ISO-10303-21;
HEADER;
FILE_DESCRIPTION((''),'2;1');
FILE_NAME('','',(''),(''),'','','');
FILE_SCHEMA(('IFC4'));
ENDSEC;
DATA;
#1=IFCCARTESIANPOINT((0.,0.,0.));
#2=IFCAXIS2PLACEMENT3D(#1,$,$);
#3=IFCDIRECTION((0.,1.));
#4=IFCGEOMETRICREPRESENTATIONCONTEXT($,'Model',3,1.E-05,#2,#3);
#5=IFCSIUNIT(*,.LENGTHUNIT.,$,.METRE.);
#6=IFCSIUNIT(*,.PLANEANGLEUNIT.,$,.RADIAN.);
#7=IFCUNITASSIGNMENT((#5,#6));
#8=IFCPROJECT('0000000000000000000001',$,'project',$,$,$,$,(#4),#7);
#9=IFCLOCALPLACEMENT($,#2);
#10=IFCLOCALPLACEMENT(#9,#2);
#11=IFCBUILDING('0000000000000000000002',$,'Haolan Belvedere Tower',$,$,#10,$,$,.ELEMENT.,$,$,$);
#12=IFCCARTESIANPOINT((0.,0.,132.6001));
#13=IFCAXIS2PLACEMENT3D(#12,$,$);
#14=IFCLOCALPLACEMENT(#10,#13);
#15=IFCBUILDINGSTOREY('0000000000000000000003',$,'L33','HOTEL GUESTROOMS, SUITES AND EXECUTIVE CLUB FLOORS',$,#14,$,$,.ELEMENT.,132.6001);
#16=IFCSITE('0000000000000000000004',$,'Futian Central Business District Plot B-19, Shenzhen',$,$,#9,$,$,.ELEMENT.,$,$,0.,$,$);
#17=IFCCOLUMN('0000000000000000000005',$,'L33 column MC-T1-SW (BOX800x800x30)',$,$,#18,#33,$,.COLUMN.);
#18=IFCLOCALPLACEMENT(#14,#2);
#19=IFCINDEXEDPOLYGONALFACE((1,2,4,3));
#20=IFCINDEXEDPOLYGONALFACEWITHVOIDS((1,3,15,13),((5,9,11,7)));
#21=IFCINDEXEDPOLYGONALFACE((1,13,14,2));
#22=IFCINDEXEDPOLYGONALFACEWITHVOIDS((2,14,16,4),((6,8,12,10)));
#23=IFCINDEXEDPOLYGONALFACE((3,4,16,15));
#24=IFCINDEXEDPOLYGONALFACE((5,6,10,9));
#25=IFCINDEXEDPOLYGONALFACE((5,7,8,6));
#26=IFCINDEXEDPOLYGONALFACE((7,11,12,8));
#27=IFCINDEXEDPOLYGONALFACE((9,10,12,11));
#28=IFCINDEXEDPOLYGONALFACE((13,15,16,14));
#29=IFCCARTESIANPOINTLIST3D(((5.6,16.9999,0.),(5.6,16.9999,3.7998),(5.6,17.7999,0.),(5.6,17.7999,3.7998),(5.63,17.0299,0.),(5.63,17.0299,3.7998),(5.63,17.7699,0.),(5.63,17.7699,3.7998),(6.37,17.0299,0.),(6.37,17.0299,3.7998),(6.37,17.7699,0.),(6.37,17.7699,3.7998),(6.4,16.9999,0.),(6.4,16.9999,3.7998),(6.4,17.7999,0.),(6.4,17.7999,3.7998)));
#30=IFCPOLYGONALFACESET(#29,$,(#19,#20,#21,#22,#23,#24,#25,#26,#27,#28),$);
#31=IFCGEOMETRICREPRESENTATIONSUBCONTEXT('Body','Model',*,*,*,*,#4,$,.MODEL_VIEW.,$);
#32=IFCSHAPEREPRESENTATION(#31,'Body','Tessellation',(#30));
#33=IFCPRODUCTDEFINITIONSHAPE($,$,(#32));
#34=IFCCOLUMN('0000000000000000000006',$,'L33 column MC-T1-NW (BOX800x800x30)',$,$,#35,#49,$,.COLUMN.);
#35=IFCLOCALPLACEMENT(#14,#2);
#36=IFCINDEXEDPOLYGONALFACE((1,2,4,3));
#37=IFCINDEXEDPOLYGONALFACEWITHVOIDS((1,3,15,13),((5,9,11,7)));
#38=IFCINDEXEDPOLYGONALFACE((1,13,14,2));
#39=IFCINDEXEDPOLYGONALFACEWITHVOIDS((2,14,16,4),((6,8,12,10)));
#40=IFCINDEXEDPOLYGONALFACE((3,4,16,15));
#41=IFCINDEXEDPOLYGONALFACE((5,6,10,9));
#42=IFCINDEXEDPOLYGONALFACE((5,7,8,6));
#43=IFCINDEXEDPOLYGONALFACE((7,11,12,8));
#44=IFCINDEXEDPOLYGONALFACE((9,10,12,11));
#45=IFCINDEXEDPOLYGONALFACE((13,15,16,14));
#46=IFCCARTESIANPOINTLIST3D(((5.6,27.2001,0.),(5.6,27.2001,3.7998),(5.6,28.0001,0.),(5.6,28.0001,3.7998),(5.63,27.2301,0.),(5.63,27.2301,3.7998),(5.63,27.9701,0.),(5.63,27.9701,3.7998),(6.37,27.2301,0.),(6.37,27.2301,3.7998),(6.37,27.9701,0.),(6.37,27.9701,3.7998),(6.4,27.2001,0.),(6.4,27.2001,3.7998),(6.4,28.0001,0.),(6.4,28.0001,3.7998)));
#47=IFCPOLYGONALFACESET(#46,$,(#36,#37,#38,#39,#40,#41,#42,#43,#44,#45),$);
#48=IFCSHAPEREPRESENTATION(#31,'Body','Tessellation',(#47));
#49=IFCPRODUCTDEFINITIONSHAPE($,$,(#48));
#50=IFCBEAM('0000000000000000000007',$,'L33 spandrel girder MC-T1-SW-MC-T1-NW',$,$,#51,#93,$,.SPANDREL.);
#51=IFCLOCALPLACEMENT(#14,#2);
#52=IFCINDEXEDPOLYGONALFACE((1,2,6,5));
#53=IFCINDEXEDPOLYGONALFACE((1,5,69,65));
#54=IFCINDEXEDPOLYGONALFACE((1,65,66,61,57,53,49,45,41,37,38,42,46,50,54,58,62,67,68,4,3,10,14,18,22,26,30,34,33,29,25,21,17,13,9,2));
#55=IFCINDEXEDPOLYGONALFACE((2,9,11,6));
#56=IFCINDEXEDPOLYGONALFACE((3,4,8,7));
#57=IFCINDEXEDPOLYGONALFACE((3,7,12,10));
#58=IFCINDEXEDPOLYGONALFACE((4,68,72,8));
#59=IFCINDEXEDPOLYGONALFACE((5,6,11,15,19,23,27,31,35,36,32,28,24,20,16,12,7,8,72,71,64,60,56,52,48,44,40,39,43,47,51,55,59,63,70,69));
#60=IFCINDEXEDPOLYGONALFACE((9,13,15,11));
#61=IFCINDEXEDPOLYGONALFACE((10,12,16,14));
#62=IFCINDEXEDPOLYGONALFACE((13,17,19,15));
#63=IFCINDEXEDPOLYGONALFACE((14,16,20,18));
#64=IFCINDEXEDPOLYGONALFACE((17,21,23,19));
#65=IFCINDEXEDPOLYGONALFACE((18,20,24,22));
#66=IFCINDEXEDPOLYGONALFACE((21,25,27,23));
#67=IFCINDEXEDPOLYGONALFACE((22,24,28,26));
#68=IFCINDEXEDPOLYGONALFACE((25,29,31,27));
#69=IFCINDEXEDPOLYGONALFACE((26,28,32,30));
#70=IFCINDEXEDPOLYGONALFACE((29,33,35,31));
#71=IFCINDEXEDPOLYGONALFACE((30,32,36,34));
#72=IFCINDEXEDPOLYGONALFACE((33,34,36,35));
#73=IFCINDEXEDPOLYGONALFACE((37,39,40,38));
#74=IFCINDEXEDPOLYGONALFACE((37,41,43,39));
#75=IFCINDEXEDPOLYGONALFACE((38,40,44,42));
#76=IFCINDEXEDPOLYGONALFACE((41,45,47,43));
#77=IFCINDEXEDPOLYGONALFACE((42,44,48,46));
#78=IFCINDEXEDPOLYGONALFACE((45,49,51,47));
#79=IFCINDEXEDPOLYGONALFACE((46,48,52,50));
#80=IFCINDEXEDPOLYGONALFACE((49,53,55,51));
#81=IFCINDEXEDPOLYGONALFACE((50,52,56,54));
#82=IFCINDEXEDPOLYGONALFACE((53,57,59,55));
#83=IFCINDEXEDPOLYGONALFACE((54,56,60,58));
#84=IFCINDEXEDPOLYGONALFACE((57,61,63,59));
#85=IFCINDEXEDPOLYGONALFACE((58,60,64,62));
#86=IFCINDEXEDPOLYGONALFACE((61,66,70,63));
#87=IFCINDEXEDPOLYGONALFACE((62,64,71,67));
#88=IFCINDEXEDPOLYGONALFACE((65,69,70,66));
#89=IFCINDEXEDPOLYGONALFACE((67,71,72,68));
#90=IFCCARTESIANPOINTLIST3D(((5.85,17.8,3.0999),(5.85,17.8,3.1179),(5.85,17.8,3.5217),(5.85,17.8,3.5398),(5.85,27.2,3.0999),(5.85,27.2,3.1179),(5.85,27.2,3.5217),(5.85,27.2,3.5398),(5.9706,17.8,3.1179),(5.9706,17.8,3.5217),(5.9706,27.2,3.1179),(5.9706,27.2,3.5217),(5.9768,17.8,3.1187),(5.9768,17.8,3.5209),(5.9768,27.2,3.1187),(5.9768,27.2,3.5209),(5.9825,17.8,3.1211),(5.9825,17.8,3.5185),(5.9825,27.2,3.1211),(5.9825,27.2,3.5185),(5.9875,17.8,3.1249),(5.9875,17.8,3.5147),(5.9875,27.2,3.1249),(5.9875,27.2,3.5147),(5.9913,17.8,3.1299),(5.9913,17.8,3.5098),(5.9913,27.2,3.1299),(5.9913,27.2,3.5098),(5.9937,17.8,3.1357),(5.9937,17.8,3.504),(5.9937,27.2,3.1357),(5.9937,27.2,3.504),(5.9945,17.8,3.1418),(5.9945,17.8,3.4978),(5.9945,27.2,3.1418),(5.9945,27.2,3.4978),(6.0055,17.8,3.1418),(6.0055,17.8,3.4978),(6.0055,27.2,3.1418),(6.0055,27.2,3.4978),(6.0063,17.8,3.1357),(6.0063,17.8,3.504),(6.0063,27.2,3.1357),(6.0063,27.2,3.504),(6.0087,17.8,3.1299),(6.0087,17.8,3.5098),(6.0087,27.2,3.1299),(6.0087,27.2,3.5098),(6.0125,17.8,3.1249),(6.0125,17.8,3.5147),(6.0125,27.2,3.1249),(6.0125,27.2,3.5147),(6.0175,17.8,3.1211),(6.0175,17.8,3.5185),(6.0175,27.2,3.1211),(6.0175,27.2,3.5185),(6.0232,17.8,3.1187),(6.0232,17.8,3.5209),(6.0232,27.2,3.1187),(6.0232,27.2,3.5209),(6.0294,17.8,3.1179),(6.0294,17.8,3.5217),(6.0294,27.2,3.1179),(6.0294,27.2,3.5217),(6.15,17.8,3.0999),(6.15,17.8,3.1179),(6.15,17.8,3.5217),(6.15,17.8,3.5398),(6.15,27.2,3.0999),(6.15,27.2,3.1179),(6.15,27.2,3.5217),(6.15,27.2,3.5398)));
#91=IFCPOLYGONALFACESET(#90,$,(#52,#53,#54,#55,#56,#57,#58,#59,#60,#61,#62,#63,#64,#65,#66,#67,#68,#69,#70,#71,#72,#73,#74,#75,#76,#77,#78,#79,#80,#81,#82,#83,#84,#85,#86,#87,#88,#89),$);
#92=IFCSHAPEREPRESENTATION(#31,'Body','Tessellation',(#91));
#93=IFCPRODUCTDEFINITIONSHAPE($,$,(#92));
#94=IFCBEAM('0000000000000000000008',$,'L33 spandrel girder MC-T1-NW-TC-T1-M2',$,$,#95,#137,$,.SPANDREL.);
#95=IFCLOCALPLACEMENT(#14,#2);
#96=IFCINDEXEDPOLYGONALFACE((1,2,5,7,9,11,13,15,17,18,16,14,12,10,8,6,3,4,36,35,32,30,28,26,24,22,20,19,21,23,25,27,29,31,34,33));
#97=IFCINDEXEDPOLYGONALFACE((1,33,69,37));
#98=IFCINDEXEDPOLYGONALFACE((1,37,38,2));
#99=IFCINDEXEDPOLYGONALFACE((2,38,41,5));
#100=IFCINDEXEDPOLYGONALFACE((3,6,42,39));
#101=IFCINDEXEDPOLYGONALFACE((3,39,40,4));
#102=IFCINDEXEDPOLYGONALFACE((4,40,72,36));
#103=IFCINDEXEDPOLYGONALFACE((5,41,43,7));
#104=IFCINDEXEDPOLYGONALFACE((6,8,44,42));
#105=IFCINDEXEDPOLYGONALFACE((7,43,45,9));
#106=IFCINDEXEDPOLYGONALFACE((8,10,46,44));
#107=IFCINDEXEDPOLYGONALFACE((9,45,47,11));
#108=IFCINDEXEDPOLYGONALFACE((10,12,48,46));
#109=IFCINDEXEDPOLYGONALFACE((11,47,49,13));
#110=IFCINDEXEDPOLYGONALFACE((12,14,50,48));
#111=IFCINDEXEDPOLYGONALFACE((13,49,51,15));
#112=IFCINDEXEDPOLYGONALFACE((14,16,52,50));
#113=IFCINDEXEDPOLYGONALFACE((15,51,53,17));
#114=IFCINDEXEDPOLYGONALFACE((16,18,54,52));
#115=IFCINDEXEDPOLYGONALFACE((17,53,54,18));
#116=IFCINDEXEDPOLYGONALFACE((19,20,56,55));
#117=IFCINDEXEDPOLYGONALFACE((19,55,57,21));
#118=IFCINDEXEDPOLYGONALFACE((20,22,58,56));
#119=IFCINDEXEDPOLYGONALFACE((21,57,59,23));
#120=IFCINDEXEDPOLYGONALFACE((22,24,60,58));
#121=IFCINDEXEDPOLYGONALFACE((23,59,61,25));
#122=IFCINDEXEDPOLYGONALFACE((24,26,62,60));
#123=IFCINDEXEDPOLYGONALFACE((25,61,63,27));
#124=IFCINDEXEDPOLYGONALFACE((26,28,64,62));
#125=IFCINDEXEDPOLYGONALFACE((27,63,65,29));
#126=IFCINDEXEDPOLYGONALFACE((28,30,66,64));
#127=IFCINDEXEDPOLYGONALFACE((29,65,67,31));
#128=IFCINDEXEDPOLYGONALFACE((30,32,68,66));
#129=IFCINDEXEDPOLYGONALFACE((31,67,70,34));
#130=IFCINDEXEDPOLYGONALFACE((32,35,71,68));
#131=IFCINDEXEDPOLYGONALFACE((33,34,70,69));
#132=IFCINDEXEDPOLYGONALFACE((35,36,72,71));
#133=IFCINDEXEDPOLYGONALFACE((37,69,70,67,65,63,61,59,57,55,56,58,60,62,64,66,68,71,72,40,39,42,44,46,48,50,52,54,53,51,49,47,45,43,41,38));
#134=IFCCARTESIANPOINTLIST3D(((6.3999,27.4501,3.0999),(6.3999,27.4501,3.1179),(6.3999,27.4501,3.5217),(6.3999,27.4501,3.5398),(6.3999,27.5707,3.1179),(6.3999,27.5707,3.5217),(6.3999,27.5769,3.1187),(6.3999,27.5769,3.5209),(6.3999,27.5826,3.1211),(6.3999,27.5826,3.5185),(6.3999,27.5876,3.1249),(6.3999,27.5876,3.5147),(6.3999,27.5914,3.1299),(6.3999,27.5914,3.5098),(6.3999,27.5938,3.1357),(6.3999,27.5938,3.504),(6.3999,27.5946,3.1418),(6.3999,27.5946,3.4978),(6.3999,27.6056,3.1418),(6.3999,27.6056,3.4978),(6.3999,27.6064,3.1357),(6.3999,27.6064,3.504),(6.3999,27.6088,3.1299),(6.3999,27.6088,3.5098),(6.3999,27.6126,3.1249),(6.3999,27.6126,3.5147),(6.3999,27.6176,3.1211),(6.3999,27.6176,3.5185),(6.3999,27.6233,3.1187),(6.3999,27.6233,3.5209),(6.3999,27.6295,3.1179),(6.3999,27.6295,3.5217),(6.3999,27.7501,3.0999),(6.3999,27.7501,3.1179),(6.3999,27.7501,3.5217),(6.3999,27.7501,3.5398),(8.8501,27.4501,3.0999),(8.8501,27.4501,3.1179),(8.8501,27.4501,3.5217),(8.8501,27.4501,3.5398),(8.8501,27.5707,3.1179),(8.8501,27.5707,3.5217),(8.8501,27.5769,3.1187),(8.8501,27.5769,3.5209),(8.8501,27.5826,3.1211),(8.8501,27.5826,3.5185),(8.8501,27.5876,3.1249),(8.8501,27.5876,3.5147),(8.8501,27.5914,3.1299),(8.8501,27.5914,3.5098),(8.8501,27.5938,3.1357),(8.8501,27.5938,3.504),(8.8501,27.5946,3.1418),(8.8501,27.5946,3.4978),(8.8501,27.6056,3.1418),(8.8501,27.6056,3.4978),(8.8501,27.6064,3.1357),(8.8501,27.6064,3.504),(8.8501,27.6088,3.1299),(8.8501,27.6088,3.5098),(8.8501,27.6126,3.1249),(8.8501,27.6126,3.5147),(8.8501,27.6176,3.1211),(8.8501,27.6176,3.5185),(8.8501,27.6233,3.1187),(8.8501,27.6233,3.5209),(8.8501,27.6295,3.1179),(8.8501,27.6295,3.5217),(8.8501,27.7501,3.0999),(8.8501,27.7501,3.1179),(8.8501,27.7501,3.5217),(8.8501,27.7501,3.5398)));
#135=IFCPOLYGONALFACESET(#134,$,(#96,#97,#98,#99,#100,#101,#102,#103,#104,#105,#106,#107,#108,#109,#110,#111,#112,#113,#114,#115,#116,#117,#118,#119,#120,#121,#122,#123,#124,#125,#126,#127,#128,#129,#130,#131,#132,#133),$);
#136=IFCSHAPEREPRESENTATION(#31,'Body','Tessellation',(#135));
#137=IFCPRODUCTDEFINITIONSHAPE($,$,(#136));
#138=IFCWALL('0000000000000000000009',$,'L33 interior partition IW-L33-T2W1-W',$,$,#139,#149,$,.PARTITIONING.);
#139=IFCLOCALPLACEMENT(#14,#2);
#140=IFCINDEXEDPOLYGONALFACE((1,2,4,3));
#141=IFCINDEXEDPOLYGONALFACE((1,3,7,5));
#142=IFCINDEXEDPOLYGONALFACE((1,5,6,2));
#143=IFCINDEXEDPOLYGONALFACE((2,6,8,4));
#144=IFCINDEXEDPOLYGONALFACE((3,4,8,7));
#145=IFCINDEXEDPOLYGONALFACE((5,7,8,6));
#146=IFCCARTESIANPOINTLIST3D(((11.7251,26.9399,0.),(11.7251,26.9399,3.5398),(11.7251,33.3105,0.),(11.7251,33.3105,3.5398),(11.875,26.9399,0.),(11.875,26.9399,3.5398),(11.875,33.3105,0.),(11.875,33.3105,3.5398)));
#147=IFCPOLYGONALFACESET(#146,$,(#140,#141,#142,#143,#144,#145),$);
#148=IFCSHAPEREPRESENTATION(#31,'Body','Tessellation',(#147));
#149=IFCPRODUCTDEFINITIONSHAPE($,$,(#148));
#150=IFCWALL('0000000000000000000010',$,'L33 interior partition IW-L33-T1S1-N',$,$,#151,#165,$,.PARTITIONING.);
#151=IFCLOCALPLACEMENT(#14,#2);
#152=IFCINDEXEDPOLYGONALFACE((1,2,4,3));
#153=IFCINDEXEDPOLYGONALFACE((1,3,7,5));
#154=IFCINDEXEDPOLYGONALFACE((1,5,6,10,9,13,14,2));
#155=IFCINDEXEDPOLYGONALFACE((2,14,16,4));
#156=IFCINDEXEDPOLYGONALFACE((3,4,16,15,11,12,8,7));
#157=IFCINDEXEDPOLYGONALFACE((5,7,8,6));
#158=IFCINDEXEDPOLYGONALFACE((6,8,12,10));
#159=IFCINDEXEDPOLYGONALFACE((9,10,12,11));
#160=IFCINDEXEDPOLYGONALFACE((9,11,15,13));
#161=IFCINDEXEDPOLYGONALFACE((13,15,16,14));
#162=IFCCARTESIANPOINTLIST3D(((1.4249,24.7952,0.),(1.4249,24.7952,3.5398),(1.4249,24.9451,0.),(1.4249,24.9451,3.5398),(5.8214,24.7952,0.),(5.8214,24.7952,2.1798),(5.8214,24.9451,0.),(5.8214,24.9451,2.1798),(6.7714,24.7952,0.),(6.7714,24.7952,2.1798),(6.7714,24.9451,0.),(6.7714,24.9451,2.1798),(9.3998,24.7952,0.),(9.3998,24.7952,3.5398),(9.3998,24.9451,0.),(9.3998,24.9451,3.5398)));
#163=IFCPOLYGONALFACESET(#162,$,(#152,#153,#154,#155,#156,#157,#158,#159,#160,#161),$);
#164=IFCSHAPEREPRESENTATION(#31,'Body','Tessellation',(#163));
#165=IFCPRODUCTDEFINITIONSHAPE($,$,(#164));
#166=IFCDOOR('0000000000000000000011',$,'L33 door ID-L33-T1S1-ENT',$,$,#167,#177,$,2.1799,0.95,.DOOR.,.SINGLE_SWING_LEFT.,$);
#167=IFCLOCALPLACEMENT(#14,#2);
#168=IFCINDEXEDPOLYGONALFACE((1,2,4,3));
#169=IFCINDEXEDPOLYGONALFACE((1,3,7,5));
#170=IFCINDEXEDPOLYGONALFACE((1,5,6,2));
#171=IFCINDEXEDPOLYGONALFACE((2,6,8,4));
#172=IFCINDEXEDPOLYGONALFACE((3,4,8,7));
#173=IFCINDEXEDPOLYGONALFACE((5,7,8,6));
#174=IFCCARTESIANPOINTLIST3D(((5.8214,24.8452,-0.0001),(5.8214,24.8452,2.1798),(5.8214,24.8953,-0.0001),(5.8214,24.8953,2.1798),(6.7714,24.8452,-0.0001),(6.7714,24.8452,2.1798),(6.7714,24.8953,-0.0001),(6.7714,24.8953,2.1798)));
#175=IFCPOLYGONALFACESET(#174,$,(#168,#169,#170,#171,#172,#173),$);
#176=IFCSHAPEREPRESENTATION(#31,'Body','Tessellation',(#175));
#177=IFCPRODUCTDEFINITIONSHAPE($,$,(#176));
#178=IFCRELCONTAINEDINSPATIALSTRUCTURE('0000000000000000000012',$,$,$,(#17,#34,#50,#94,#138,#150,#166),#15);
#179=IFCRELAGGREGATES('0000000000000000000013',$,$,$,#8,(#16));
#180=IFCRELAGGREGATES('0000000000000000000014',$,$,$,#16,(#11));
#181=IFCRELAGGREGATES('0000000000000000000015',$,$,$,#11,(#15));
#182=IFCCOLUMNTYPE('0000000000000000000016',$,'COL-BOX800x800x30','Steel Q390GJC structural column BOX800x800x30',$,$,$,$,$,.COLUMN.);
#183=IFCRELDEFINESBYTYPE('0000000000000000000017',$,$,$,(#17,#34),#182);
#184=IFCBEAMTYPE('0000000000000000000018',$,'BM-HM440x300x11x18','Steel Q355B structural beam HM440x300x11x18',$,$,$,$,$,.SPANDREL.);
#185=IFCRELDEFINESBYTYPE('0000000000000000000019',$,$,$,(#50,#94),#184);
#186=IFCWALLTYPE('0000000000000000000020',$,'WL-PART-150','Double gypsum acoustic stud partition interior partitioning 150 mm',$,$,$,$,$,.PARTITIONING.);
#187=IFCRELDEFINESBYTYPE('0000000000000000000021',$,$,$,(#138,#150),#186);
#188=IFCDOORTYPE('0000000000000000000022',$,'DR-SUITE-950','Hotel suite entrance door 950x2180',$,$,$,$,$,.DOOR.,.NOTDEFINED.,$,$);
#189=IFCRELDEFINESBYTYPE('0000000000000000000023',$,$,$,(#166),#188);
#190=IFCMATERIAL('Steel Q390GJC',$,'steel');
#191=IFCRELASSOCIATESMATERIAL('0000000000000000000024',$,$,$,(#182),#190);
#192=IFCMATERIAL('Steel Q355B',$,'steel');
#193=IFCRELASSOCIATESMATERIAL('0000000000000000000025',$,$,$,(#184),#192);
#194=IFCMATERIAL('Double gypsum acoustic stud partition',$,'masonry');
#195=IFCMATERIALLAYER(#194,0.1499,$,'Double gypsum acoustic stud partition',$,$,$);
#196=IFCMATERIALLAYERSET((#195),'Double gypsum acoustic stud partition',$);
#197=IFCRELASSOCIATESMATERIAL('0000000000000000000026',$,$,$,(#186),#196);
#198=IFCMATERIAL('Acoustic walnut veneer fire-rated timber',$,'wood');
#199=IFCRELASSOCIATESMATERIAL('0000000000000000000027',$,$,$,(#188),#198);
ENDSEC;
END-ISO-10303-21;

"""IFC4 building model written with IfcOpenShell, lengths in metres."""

from ifc_helpers import new_model, si_unit, direction, frame, frame_2d, origin, origin_2d, place, context, subcontext, project, spatial, rectangle, hollow_rectangle, i_section, extrude, material, layer, layer_set, material_profile, profile_set, type_object, element, fill, save


model = new_model("IFC4")

# Units and contexts
model_context = context("Model", 3, precision=1e-05, world=origin(), true_north=direction((0.0, 1.0)))
body_context = subcontext(model_context, "Body", "Model", "MODEL_VIEW")
ifc_project = project(units=[si_unit("LENGTHUNIT", "METRE"), si_unit("PLANEANGLEUNIT", "RADIAN")], contexts=[model_context])

# Site, building, storey
site_placement = place(None, origin())
site = spatial("IfcSite", under=ifc_project, at=site_placement, Name="Futian Central Business District Plot B-19, Shenzhen", CompositionType="ELEMENT", RefElevation=0.0)
building_placement = place(site_placement, origin())
building = spatial("IfcBuilding", under=site, at=building_placement, Name="Haolan Belvedere Tower", CompositionType="ELEMENT")
storey_placement = place(building_placement, frame((0.0, 0.0, 132.6001)))
storey = spatial("IfcBuildingStorey", under=building, at=storey_placement, Name="L33", Description="HOTEL GUESTROOMS, SUITES AND EXECUTIVE CLUB FLOORS", CompositionType="ELEMENT", Elevation=132.6001)

# Columns
ifc_material_1 = material(Name="Steel Q390GJC", Category="steel")
ifc_material_profile_1 = material_profile(ifc_material_1, hollow_rectangle(XDim=0.8, YDim=0.8, WallThickness=0.03, at=origin_2d()), Name="Steel Q390GJC")
ifc_profile_set_1 = profile_set([ifc_material_profile_1], Name="Steel Q390GJC")
column_type = type_object("IfcColumnType", Name="COL-BOX800x800x30", Description="Steel Q390GJC structural column BOX800x800x30", PredefinedType="COLUMN", material=ifc_profile_set_1)
for number, where, z_axis, x_axis, name in (
    (1, (6.0, 17.3999, 0.0), (0.0, 0.0, 1.0), (1.0, 0.0, 0.0), "L33 column MC-T1-SW (BOX800x800x30)"),
    (2, (6.0, 27.6001, 0.0), (0.0, 0.0, 1.0), (1.0, 0.0, 0.0), "L33 column MC-T1-NW (BOX800x800x30)"),
):
    element("IfcColumn", number, at=place(storey_placement, frame(where, z_axis=z_axis, x_axis=x_axis)), inside=storey, type_object=column_type, Name=name, PredefinedType="COLUMN", context=body_context, shape_type="SweptSolid", body=[
        extrude(hollow_rectangle(XDim=0.8, YDim=0.8, WallThickness=0.03, at=origin_2d()), origin(), (0.0, 0.0, 1.0), 3.7998),
    ])

# Beams
ifc_material_2 = material(Name="Steel Q355B", Category="steel")
ifc_material_profile_2 = material_profile(ifc_material_2, i_section(OverallWidth=0.3, OverallDepth=0.4399, WebThickness=0.011, FlangeThickness=0.0181, FilletRadius=0.0239, at=origin_2d()), Name="Steel Q355B")
ifc_profile_set_2 = profile_set([ifc_material_profile_2], Name="Steel Q355B")
beam_type = type_object("IfcBeamType", Name="BM-HM440x300x11x18", Description="Steel Q355B structural beam HM440x300x11x18", PredefinedType="SPANDREL", material=ifc_profile_set_2)
beam_1_placement = place(storey_placement, frame((6.0, 17.8, 3.3198), z_axis=(0.0, 1.0, 0.0), x_axis=(-1.0, 0.0, 0.0)))
element("IfcBeam", 3, at=beam_1_placement, inside=storey, type_object=beam_type, Name="L33 spandrel girder MC-T1-SW-MC-T1-NW", PredefinedType="SPANDREL", context=body_context, shape_type="SweptSolid", body=[
    extrude(i_section(OverallWidth=0.3, OverallDepth=0.4399, WebThickness=0.011, FlangeThickness=0.0181, FilletRadius=0.0239, at=origin_2d()), origin(), (0.0, 0.0, 1.0), 9.3999),
])
beam_2_placement = place(storey_placement, frame((6.3999, 27.6001, 3.3198), z_axis=(1.0, 0.0, 0.0), x_axis=(0.0, 1.0, 0.0)))
element("IfcBeam", 4, at=beam_2_placement, inside=storey, type_object=beam_type, Name="L33 spandrel girder MC-T1-NW-TC-T1-M2", PredefinedType="SPANDREL", context=body_context, shape_type="SweptSolid", body=[
    extrude(i_section(OverallWidth=0.3, OverallDepth=0.4399, WebThickness=0.011, FlangeThickness=0.0181, FilletRadius=0.0239, at=origin_2d()), origin(), (0.0, 0.0, 1.0), 2.4502),
])

# Wall
ifc_material_3 = material(Name="Double gypsum acoustic stud partition", Category="masonry")
ifc_layer_1 = layer(ifc_material_3, 0.1499, Name="Double gypsum acoustic stud partition")
ifc_layer_set_1 = layer_set([ifc_layer_1], Name="Double gypsum acoustic stud partition")
wall_type_1 = type_object("IfcWallType", Name="WL-PART-150", Description="Double gypsum acoustic stud partition interior partitioning 150 mm", PredefinedType="PARTITIONING", material=ifc_layer_set_1)
wall_1_placement = place(storey_placement, frame((11.8, 26.9399, 0.0), z_axis=(0.0, 0.0, 1.0), x_axis=(0.0, 1.0, 0.0)))
element("IfcWall", 5, at=wall_1_placement, inside=storey, type_object=wall_type_1, Name="L33 interior partition IW-L33-T2W1-W", PredefinedType="PARTITIONING", context=body_context, shape_type="SweptSolid", body=[
    extrude(rectangle(XDim=6.3706, YDim=0.1499, at=frame_2d((3.1853, 0.0))), origin(), (0.0, 0.0, 1.0), 3.5398),
])

# Wall, opening, door
wall_2_placement = place(storey_placement, frame((1.425, 24.8701, 0.0), z_axis=(0.0, 0.0, 1.0), x_axis=(1.0, 0.0, 0.0)))
wall_2 = element("IfcWall", 6, at=wall_2_placement, inside=storey, type_object=wall_type_1, Name="L33 interior partition IW-L33-T1S1-N", PredefinedType="PARTITIONING", context=body_context, shape_type="SweptSolid", body=[
    extrude(rectangle(XDim=7.9749, YDim=0.1499, at=frame_2d((3.9873, 0.0))), origin(), (0.0, 0.0, 1.0), 3.5398),
])
opening_1_placement = place(wall_2_placement, frame((5.3464, 0.0, 0.0), z_axis=(0.0, 0.0, 1.0), x_axis=(-1.0, 0.0, 0.0)))
opening_1 = element("IfcOpeningElement", 7, at=opening_1_placement, cuts=wall_2, PredefinedType="OPENING", context=body_context, shape_type="SweptSolid", body=[
    extrude(rectangle(XDim=0.95, YDim=2.1799, at=frame_2d((0.4751, 1.0898))), frame((0.0, 0.085, 0.0), z_axis=(0.0, -1.0, 0.0), x_axis=(1.0, 0.0, 0.0)), (0.0, 0.0, 1.0), 0.1699),
])
ifc_material_4 = material(Name="Acoustic walnut veneer fire-rated timber", Category="wood")
door_type_1 = type_object("IfcDoorType", Name="DR-SUITE-950", Description="Hotel suite entrance door 950x2180", OperationType="NOTDEFINED", PredefinedType="DOOR", material=ifc_material_4)
door_1_placement = place(opening_1_placement, origin())
door_1 = element("IfcDoor", 8, at=door_1_placement, inside=storey, type_object=door_type_1, Name="L33 door ID-L33-T1S1-ENT", OperationType="SINGLE_SWING_LEFT", OverallHeight=2.1799, OverallWidth=0.95, PredefinedType="DOOR", context=body_context, shape_type="SweptSolid", body=[
    extrude(rectangle(XDim=0.95, YDim=2.1799, at=frame_2d((0.4751, 1.0898))), frame((0.0, 0.0249, 0.0), z_axis=(0.0, -1.0, 0.0), x_axis=(1.0, 0.0, 0.0)), (0.0, 0.0, 1.0), 0.05),
])
fill(opening_1, door_1)

save(model, "model.ifc")
